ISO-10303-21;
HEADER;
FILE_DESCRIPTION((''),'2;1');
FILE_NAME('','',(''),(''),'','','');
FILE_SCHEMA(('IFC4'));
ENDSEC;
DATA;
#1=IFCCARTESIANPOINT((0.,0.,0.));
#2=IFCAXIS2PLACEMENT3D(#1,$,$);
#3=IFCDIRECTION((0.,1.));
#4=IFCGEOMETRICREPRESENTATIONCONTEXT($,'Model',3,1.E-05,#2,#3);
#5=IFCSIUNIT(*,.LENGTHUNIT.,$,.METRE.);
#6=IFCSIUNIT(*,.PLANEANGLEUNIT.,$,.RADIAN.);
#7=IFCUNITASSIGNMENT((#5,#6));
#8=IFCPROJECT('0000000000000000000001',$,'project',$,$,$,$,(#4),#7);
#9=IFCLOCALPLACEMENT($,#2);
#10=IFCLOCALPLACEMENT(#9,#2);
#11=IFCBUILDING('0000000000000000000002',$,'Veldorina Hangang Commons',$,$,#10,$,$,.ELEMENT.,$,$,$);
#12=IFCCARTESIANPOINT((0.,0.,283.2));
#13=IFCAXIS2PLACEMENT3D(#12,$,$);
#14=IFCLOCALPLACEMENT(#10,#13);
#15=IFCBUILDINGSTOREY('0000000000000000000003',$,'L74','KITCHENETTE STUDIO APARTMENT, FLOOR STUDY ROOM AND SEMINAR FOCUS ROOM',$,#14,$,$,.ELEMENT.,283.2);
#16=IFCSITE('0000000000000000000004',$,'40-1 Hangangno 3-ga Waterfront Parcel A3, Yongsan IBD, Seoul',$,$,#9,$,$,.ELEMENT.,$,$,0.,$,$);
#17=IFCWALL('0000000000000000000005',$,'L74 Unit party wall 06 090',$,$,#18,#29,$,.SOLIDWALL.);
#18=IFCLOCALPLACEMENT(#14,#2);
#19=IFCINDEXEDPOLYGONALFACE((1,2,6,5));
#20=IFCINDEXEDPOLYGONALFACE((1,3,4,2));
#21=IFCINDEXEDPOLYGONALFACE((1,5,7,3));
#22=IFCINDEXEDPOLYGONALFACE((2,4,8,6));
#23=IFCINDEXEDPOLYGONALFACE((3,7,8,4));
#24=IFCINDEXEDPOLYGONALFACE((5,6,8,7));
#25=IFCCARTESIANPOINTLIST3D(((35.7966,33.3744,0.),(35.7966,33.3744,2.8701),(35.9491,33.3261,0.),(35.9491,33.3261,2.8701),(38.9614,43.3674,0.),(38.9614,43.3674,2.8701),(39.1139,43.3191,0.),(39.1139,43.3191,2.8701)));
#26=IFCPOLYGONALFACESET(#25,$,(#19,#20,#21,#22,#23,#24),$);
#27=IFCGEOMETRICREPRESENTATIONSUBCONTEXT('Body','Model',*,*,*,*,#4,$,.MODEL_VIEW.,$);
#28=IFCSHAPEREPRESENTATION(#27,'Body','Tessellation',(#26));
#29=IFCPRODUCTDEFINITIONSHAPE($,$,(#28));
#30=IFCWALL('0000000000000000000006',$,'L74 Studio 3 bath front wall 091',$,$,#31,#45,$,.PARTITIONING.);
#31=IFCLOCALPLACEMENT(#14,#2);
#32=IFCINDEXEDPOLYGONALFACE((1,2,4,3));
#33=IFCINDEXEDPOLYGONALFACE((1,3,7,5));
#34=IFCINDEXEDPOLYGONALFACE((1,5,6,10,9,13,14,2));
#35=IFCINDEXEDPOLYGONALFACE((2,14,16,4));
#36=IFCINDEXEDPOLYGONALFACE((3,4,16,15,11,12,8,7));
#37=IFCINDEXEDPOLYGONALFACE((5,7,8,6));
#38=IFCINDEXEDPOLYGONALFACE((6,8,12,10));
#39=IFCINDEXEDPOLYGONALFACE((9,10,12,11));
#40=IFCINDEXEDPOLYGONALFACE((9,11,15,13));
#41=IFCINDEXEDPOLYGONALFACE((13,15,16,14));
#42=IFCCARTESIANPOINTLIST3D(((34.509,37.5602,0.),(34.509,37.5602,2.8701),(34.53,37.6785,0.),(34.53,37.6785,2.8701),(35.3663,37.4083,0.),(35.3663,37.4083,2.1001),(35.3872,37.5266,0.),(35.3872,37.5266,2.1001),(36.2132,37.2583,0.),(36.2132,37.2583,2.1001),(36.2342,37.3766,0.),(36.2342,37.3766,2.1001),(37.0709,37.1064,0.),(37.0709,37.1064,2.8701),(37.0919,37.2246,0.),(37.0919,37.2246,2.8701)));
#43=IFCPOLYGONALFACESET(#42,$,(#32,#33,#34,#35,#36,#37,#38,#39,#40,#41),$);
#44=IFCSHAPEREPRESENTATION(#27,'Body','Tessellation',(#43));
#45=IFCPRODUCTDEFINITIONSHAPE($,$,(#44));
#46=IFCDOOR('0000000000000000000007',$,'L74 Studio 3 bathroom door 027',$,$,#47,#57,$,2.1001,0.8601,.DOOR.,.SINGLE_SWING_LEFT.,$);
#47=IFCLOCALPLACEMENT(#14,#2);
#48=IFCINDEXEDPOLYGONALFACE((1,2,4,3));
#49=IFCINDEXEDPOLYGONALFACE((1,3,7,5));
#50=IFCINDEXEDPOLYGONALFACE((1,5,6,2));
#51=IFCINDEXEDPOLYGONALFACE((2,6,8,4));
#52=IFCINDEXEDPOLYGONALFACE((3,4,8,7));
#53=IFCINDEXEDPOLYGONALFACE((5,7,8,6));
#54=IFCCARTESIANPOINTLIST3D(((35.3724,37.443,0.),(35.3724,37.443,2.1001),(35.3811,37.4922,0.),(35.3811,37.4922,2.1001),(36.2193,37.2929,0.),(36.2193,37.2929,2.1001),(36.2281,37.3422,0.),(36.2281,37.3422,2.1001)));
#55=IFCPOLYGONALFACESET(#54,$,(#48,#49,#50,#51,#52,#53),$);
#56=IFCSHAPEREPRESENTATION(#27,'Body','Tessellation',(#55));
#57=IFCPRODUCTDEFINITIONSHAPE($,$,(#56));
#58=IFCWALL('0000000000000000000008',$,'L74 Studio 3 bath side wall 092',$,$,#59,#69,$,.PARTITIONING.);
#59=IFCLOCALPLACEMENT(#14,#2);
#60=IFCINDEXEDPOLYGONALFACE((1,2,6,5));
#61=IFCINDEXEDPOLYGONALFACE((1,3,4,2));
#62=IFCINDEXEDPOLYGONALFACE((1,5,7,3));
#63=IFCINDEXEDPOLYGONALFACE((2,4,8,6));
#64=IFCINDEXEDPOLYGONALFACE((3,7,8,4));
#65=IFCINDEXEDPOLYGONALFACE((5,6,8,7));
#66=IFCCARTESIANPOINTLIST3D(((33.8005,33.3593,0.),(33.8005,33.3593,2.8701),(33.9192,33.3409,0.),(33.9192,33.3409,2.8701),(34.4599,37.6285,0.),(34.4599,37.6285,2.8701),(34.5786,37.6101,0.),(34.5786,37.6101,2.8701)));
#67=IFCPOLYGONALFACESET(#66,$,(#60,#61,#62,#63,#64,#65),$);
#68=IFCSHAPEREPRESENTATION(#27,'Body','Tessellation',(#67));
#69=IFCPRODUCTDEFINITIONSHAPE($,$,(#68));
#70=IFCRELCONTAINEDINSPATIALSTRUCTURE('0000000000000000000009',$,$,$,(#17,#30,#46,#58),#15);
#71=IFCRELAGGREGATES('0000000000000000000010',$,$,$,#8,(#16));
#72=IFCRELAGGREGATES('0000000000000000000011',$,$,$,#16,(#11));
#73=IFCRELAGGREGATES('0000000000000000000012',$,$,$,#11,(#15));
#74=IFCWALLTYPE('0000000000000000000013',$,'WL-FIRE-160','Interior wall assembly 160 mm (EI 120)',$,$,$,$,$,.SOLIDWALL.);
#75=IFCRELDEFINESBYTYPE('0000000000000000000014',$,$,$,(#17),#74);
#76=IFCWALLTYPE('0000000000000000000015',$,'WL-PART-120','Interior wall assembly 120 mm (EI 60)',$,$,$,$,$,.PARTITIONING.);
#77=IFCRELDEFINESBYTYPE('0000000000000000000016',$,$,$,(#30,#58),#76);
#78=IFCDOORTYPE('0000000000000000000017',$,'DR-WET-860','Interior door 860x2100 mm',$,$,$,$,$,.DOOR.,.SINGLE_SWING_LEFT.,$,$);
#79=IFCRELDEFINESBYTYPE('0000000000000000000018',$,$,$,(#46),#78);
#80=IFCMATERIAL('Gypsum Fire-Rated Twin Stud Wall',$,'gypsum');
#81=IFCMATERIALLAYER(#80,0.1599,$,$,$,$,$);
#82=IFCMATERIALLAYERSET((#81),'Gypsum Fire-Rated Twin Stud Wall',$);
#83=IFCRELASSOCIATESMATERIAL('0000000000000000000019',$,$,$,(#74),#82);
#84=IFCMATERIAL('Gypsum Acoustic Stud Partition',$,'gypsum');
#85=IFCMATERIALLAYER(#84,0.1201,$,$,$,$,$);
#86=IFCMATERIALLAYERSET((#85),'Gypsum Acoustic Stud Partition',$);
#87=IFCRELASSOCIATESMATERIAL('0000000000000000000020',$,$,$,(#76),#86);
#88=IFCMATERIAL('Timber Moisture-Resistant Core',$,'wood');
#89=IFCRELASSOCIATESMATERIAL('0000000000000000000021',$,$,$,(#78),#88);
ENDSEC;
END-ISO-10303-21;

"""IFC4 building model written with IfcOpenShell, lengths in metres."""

from ifc_helpers import new_model, si_unit, direction, frame, frame_2d, origin, place, context, subcontext, project, spatial, rectangle, extrude, material, layer, layer_set, type_object, element, fill, save


model = new_model("IFC4")

# Units and contexts
model_context = context("Model", 3, precision=1e-05, world=origin(), true_north=direction((0.0, 1.0)))
body_context = subcontext(model_context, "Body", "Model", "MODEL_VIEW")
ifc_project = project(units=[si_unit("LENGTHUNIT", "METRE"), si_unit("PLANEANGLEUNIT", "RADIAN")], contexts=[model_context])

# Site, building, storey
site_placement = place(None, origin())
site = spatial("IfcSite", under=ifc_project, at=site_placement, Name="40-1 Hangangno 3-ga Waterfront Parcel A3, Yongsan IBD, Seoul", CompositionType="ELEMENT", RefElevation=0.0)
building_placement = place(site_placement, origin())
building = spatial("IfcBuilding", under=site, at=building_placement, Name="Veldorina Hangang Commons", CompositionType="ELEMENT")
storey_placement = place(building_placement, frame((0.0, 0.0, 283.2)))
storey = spatial("IfcBuildingStorey", under=building, at=storey_placement, Name="L74", Description="KITCHENETTE STUDIO APARTMENT, FLOOR STUDY ROOM AND SEMINAR FOCUS ROOM", CompositionType="ELEMENT", Elevation=283.2)

# Shared definitions
ifc_material_1 = material(Name="Gypsum Fire-Rated Twin Stud Wall", Category="gypsum")
ifc_layer_1 = layer(ifc_material_1, 0.1599)
ifc_layer_set_1 = layer_set([ifc_layer_1], Name="Gypsum Fire-Rated Twin Stud Wall")
wall_type_1 = type_object("IfcWallType", Name="WL-FIRE-160", Description="Interior wall assembly 160 mm (EI 120)", PredefinedType="SOLIDWALL", material=ifc_layer_set_1)

# Wall
wall_1_placement = place(storey_placement, frame((35.8728, 33.3501, 0.0), z_axis=(0.0, 0.0, 1.0), x_axis=(0.301924, 0.953332, 0.0)))
element("IfcWall", 1, at=wall_1_placement, inside=storey, type_object=wall_type_1, Name="L74 Unit party wall 06 090", PredefinedType="SOLIDWALL", context=body_context, shape_type="SweptSolid", body=[
    extrude(rectangle(XDim=10.4822, YDim=0.1599, at=frame_2d((5.2412, 0.0))), origin(), (0.0, 0.0, 1.0), 2.8701),
])

# Wall, opening, door
ifc_material_2 = material(Name="Gypsum Acoustic Stud Partition", Category="gypsum")
ifc_layer_2 = layer(ifc_material_2, 0.1201)
ifc_layer_set_2 = layer_set([ifc_layer_2], Name="Gypsum Acoustic Stud Partition")
wall_type_2 = type_object("IfcWallType", Name="WL-PART-120", Description="Interior wall assembly 120 mm (EI 60)", PredefinedType="PARTITIONING", material=ifc_layer_set_2)
wall_2_placement = place(storey_placement, frame((37.0813, 37.1655, 0.0), z_axis=(0.0, 0.0, 1.0), x_axis=(-0.984669, 0.174433, 0.0)))
wall_2 = element("IfcWall", 2, at=wall_2_placement, inside=storey, type_object=wall_type_2, Name="L74 Studio 3 bath front wall 091", PredefinedType="PARTITIONING", context=body_context, shape_type="SweptSolid", body=[
    extrude(rectangle(XDim=2.6018, YDim=0.1201, at=frame_2d((1.3008, 0.0))), origin(), (0.0, 0.0, 1.0), 2.8701),
])
opening_1_placement = place(wall_2_placement, frame((0.8708, 0.0, 0.0)))
opening_1 = element("IfcOpeningElement", 3, at=opening_1_placement, cuts=wall_2, PredefinedType="OPENING", context=body_context, shape_type="SweptSolid", body=[
    extrude(rectangle(XDim=0.8601, YDim=2.1001, at=frame_2d((0.4302, 1.05))), frame((0.0, 0.0701, 0.0), z_axis=(0.0, -1.0, 0.0), x_axis=(1.0, 0.0, 0.0)), (0.0, 0.0, 1.0), 0.1401),
])
ifc_material_3 = material(Name="Timber Moisture-Resistant Core", Category="wood")
door_type_1 = type_object("IfcDoorType", Name="DR-WET-860", Description="Interior door 860x2100 mm", OperationType="SINGLE_SWING_LEFT", PredefinedType="DOOR", material=ifc_material_3)
door_1_placement = place(opening_1_placement, origin())
door_1 = element("IfcDoor", 4, at=door_1_placement, inside=storey, type_object=door_type_1, Name="L74 Studio 3 bathroom door 027", OperationType="SINGLE_SWING_LEFT", OverallHeight=2.1001, OverallWidth=0.8601, PredefinedType="DOOR", context=body_context, shape_type="SweptSolid", body=[
    extrude(rectangle(XDim=0.8601, YDim=2.1001, at=frame_2d((0.4302, 1.05))), frame((0.0, 0.0249, 0.0), z_axis=(0.0, -1.0, 0.0), x_axis=(1.0, 0.0, 0.0)), (0.0, 0.0, 1.0), 0.05),
])
fill(opening_1, door_1)

# Wall
wall_3_placement = place(storey_placement, frame((33.8599, 33.3501, 0.0), z_axis=(0.0, 0.0, 1.0), x_axis=(0.152647, 0.988281, 0.0)))
element("IfcWall", 5, at=wall_3_placement, inside=storey, type_object=wall_type_2, Name="L74 Studio 3 bath side wall 092", PredefinedType="PARTITIONING", context=body_context, shape_type="SweptSolid", body=[
    extrude(rectangle(XDim=4.3198, YDim=0.1201, at=frame_2d((2.1599, 0.0))), origin(), (0.0, 0.0, 1.0), 2.8701),
])

save(model, "model.ifc")
